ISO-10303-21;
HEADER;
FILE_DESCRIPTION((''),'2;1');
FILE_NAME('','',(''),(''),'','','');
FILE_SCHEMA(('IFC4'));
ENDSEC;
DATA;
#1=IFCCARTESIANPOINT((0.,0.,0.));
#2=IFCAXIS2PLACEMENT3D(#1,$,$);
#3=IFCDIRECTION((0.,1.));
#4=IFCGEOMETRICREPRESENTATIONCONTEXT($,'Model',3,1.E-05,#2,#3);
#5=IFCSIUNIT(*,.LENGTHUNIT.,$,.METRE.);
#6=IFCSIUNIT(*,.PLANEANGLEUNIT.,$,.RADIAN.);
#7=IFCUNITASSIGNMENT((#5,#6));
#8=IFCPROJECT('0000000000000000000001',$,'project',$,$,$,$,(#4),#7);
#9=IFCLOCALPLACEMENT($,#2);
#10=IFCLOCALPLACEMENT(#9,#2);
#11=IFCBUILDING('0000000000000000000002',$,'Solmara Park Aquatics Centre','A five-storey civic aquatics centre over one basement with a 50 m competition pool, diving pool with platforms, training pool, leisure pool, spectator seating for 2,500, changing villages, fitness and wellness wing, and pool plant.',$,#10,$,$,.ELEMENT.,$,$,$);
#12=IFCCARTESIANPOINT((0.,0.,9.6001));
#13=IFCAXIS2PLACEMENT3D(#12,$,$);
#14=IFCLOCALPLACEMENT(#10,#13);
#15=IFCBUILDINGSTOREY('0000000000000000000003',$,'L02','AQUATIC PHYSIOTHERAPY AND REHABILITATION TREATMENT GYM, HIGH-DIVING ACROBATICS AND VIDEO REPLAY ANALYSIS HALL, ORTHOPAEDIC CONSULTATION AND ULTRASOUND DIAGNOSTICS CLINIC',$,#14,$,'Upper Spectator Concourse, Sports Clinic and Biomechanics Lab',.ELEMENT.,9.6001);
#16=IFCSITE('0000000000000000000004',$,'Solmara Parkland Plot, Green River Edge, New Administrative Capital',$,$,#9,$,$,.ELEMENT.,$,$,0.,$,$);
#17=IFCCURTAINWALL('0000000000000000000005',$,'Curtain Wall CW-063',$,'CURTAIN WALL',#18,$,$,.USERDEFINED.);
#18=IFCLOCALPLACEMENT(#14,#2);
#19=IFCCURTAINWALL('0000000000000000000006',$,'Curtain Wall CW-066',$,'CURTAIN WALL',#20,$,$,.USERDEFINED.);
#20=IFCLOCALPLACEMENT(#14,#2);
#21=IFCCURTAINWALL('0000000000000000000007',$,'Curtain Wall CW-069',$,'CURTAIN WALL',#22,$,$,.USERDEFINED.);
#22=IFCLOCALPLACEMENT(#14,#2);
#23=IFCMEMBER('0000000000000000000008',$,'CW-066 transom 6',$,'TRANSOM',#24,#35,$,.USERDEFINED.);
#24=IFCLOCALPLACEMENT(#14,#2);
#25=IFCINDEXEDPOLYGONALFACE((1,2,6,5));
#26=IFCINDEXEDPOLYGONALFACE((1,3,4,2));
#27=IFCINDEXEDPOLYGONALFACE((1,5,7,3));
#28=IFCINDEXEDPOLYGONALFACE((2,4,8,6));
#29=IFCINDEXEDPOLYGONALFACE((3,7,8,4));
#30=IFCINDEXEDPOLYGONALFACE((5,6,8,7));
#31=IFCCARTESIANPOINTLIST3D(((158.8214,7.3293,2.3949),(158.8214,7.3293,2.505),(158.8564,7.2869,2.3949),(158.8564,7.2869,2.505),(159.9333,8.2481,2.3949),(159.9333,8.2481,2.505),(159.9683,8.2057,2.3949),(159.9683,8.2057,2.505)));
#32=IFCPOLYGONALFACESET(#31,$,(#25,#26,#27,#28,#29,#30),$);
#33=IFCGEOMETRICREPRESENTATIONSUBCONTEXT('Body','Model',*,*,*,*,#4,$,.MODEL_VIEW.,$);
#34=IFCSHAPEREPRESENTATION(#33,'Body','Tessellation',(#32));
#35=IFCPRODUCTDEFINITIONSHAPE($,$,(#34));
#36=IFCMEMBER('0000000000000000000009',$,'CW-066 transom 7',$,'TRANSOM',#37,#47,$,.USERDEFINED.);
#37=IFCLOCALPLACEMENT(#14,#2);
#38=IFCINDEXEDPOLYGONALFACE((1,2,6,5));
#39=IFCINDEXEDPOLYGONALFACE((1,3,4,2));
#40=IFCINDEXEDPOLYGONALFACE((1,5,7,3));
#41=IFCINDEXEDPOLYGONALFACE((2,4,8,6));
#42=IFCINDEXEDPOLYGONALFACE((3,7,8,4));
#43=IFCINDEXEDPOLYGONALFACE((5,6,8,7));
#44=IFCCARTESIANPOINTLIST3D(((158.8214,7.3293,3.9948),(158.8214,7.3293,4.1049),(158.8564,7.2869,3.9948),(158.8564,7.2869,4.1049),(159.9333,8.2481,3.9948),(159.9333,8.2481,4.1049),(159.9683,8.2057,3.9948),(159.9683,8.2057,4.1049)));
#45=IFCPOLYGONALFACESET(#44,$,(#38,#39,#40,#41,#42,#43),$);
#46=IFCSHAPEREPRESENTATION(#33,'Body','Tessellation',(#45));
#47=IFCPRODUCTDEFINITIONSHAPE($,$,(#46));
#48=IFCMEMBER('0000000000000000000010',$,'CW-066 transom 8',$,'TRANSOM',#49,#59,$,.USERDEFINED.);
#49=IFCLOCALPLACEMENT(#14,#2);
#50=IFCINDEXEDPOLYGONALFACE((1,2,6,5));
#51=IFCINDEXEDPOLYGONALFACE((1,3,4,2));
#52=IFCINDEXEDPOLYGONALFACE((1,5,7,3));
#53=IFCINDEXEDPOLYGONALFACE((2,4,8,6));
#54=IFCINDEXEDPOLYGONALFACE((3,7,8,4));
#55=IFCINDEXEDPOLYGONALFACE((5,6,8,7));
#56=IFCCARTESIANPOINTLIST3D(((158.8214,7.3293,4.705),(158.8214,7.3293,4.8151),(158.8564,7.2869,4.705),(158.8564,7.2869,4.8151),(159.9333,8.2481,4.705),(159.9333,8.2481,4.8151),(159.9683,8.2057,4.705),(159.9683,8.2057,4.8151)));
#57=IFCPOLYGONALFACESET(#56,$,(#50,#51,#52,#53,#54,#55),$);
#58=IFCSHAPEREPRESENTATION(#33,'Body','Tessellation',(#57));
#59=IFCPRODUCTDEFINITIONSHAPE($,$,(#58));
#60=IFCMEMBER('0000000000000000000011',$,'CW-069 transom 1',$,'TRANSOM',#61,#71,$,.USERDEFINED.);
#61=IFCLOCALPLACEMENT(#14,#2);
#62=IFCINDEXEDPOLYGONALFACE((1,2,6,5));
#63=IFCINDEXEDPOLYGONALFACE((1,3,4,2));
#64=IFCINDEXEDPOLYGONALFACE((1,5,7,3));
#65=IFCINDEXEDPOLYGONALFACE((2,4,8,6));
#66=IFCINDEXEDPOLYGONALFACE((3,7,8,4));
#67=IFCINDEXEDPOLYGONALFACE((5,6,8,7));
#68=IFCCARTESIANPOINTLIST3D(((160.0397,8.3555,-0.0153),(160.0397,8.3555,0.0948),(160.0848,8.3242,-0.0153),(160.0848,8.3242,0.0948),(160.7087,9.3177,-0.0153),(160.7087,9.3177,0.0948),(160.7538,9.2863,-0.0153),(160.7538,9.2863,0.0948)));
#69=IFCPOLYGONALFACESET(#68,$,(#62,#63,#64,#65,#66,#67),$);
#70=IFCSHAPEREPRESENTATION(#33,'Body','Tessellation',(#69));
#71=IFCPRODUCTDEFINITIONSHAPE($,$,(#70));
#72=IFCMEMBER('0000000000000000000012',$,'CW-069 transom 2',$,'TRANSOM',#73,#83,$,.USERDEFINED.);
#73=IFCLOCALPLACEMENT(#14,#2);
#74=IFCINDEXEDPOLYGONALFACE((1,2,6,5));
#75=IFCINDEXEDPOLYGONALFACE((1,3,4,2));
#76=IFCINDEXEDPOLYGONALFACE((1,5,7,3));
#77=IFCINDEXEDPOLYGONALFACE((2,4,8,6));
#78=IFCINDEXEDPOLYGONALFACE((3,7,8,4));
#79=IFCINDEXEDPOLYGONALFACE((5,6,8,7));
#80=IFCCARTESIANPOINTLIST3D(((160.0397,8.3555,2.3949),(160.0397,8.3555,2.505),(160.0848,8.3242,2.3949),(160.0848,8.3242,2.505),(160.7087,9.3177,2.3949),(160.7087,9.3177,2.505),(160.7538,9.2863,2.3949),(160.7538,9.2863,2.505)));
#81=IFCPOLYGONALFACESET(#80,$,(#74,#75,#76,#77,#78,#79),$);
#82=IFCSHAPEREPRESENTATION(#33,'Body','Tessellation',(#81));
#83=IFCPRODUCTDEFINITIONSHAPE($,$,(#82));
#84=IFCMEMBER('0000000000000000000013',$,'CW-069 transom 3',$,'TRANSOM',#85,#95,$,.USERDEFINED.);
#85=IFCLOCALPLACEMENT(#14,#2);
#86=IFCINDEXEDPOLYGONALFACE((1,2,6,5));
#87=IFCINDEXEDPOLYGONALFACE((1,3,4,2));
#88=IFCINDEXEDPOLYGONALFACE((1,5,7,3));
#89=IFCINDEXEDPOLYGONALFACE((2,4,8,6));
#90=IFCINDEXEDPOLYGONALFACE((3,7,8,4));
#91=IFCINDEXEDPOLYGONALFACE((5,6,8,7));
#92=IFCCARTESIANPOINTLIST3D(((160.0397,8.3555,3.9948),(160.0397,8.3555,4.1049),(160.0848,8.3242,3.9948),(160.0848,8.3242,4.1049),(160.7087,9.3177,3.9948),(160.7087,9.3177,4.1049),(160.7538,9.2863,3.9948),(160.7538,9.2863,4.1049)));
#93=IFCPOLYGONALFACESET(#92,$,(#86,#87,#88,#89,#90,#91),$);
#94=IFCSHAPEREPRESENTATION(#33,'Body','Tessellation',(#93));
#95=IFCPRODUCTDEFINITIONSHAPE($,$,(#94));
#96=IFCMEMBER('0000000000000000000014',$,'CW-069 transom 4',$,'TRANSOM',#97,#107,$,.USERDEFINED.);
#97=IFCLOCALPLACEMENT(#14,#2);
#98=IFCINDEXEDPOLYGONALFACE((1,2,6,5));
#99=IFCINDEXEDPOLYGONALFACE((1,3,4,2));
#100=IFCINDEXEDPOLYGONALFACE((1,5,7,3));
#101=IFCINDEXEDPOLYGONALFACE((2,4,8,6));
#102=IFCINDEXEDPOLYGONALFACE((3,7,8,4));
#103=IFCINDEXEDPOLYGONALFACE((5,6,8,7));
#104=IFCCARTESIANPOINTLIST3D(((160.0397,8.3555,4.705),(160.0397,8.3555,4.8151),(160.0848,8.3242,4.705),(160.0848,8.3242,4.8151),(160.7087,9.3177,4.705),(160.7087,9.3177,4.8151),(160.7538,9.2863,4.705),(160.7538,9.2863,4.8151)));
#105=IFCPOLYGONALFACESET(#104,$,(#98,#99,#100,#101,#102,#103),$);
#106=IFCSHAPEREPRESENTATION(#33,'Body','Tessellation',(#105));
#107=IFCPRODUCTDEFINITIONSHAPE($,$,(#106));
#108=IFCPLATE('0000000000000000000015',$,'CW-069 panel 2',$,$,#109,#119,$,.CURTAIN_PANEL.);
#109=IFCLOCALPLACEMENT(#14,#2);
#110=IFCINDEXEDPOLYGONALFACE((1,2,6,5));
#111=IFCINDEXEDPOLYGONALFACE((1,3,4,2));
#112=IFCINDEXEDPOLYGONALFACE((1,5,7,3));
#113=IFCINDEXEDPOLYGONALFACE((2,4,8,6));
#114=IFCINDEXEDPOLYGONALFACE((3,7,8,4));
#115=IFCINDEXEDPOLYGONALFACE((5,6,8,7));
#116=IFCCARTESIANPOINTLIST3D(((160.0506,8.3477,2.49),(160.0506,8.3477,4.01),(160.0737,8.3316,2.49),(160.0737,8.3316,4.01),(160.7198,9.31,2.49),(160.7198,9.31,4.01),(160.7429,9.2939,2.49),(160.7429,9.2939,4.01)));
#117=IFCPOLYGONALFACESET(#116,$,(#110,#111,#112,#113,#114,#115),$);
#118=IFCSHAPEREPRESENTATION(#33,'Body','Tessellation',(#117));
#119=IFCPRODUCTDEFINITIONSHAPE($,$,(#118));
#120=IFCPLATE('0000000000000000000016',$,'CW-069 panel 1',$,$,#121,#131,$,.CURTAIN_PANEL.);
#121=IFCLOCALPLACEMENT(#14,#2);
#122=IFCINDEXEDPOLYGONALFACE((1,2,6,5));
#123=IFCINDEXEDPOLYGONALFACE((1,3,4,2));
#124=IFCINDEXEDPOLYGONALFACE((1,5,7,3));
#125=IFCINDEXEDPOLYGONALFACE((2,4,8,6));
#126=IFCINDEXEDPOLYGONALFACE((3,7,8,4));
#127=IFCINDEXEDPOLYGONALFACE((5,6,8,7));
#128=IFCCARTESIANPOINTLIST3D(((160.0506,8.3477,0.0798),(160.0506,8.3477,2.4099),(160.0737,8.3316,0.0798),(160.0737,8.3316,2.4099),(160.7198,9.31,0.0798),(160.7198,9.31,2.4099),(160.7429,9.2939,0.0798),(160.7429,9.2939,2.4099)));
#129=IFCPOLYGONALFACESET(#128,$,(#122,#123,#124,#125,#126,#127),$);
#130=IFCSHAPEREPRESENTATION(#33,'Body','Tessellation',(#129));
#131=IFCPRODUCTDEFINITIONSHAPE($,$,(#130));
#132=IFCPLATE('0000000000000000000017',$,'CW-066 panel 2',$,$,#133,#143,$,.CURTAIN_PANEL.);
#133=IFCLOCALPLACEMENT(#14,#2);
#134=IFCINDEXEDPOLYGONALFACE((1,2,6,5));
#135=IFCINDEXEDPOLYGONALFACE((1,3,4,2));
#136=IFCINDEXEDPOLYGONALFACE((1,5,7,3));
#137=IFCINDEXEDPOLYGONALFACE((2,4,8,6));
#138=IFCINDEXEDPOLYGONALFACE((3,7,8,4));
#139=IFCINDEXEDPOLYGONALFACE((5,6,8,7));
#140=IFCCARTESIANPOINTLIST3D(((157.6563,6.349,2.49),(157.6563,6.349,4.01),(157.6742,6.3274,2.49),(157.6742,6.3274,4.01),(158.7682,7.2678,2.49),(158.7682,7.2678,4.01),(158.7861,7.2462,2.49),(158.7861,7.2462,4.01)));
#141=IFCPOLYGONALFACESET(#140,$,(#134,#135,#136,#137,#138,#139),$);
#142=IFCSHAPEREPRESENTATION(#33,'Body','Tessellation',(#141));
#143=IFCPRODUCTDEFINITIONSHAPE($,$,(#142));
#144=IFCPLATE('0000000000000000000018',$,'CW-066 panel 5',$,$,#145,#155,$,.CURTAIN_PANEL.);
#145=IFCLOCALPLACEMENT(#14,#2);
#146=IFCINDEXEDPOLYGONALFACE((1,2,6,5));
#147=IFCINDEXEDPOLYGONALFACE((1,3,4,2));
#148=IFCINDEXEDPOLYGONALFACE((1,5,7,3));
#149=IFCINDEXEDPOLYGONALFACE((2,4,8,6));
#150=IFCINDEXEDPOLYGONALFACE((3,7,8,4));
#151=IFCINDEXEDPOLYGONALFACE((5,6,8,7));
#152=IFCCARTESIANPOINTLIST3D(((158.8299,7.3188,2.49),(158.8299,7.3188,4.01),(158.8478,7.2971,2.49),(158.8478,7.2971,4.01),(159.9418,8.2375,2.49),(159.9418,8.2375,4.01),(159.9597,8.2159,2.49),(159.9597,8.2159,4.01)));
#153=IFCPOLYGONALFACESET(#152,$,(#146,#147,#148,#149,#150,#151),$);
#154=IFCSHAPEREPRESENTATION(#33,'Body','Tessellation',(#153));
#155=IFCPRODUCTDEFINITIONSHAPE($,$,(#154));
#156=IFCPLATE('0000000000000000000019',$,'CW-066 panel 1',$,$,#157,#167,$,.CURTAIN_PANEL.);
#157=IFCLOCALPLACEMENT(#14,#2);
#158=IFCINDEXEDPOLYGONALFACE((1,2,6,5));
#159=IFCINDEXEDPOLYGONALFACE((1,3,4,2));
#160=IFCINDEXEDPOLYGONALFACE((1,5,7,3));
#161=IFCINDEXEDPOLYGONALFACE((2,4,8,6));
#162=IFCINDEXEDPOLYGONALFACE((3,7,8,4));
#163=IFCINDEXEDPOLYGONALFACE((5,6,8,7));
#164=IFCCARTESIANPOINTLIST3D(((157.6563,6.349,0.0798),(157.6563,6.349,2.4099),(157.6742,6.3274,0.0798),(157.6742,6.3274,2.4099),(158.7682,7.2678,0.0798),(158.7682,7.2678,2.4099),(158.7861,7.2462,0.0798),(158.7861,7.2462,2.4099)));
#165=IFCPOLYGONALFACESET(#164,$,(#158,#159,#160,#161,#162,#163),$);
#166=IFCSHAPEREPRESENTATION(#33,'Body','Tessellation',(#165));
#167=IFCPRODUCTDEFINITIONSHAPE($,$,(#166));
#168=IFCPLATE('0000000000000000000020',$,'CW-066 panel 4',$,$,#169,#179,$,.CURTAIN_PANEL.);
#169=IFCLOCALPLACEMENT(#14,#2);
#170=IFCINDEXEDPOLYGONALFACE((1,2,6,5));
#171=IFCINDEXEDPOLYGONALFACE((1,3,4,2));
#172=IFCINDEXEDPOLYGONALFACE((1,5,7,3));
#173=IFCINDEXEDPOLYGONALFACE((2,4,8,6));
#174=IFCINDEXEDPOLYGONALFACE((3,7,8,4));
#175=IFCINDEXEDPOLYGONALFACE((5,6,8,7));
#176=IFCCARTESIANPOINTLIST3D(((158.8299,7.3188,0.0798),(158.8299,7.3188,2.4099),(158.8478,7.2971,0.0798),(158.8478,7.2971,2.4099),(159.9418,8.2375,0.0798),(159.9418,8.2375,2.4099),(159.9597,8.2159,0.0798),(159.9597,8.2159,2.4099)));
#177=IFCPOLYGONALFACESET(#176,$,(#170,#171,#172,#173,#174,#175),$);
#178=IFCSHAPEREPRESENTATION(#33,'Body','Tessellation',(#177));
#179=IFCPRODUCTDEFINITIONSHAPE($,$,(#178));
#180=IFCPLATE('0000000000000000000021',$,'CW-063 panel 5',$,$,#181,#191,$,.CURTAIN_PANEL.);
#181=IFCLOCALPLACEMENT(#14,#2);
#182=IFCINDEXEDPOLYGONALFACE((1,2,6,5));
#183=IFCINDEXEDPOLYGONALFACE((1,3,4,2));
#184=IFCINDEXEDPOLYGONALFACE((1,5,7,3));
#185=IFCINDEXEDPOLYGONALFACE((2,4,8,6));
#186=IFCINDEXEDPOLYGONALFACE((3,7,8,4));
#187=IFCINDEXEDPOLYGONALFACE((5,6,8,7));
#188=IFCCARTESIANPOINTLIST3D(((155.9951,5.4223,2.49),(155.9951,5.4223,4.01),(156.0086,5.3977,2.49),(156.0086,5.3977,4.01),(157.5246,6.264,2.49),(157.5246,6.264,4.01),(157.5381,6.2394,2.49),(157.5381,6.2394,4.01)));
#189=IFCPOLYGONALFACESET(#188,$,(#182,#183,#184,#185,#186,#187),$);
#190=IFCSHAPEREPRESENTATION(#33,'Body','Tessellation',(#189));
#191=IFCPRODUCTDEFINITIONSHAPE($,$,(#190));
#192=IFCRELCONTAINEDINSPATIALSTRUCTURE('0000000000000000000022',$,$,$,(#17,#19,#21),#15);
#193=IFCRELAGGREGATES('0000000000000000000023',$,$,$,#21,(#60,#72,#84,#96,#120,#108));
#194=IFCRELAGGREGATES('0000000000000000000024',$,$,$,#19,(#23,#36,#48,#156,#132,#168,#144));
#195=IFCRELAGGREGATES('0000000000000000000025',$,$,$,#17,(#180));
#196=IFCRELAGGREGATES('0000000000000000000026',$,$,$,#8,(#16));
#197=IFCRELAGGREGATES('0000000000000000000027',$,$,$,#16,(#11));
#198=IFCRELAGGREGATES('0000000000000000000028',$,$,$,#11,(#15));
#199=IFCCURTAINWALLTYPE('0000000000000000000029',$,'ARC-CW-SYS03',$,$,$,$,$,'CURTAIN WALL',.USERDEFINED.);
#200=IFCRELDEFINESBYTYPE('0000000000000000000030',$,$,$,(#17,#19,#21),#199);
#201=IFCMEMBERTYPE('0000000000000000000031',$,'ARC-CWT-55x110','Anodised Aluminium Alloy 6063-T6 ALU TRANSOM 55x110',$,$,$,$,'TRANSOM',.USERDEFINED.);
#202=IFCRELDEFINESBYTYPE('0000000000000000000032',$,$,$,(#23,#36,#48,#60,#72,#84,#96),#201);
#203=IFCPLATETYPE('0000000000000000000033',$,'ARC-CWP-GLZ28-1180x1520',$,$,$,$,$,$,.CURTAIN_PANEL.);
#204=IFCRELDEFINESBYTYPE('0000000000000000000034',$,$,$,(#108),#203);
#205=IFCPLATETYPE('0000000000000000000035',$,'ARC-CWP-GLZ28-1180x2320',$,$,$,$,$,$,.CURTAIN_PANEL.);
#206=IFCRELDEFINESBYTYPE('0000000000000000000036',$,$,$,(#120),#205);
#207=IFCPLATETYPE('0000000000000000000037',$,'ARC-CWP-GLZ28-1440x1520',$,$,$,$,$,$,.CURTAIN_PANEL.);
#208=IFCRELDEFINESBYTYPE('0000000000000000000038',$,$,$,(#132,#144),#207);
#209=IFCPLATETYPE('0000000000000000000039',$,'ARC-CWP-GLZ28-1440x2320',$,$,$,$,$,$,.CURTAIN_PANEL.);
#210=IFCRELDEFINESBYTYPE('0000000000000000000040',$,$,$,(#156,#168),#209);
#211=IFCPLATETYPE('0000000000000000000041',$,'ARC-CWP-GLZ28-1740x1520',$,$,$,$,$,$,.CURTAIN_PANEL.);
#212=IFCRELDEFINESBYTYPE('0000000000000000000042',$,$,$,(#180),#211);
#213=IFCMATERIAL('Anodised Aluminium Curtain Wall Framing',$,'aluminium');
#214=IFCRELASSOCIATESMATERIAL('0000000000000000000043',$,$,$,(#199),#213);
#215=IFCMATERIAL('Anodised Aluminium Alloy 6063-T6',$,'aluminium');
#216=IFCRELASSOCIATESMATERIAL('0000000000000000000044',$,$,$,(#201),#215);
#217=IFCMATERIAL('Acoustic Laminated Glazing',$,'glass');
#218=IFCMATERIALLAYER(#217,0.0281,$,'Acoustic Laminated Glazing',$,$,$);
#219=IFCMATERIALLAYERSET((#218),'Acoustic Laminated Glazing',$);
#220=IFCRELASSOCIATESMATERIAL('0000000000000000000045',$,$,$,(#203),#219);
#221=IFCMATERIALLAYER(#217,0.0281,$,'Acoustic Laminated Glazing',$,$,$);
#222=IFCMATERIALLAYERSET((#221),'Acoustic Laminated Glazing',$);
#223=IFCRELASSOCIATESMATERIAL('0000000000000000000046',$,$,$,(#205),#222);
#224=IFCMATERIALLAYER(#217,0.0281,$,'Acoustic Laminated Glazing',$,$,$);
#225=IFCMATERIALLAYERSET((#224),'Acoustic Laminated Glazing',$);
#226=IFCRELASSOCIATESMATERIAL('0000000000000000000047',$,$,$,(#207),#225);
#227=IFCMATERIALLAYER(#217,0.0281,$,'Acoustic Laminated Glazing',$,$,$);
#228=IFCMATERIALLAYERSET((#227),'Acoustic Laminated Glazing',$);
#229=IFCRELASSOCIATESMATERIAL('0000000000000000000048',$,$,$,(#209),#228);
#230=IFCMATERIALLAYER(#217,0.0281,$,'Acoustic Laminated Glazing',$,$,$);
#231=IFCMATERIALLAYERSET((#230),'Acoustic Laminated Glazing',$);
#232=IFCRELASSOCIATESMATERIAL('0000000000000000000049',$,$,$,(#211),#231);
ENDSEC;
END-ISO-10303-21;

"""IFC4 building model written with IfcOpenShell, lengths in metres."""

from ifc_helpers import new_model, si_unit, direction, frame, origin, origin_2d, place, context, subcontext, project, spatial, rectangle, extrude, material, layer, layer_set, material_profile, profile_set, type_object, element, aggregate, save


model = new_model("IFC4")

# Units and contexts
model_context = context("Model", 3, precision=1e-05, world=origin(), true_north=direction((0.0, 1.0)))
body_context = subcontext(model_context, "Body", "Model", "MODEL_VIEW")
ifc_project = project(units=[si_unit("LENGTHUNIT", "METRE"), si_unit("PLANEANGLEUNIT", "RADIAN")], contexts=[model_context])

# Site, building, storey
site_placement = place(None, origin())
site = spatial("IfcSite", under=ifc_project, at=site_placement, Name="Solmara Parkland Plot, Green River Edge, New Administrative Capital", CompositionType="ELEMENT", RefElevation=0.0)
building_placement = place(site_placement, origin())
building = spatial("IfcBuilding", under=site, at=building_placement, Name="Solmara Park Aquatics Centre", Description="A five-storey civic aquatics centre over one basement with a 50 m competition pool, diving pool with platforms, training pool, leisure pool, spectator seating for 2,500, changing villages, fitness and wellness wing, and pool plant.", CompositionType="ELEMENT")
storey_placement = place(building_placement, frame((0.0, 0.0, 9.6001)))
storey = spatial("IfcBuildingStorey", under=building, at=storey_placement, Name="L02", Description="AQUATIC PHYSIOTHERAPY AND REHABILITATION TREATMENT GYM, HIGH-DIVING ACROBATICS AND VIDEO REPLAY ANALYSIS HALL, ORTHOPAEDIC CONSULTATION AND ULTRASOUND DIAGNOSTICS CLINIC", LongName="Upper Spectator Concourse, Sports Clinic and Biomechanics Lab", CompositionType="ELEMENT", Elevation=9.6001)

# Curtain wall
ifc_material_1 = material(Name="Anodised Aluminium Curtain Wall Framing", Category="aluminium")
curtain_wall_type = type_object("IfcCurtainWallType", Name="ARC-CW-SYS03", ElementType="CURTAIN WALL", PredefinedType="USERDEFINED", material=ifc_material_1)
curtain_wall_1_placement = place(storey_placement, origin())
curtain_wall_1 = element("IfcCurtainWall", 1, at=curtain_wall_1_placement, inside=storey, type_object=curtain_wall_type, Name="Curtain Wall CW-063", ObjectType="CURTAIN WALL", PredefinedType="USERDEFINED")
ifc_material_2 = material(Name="Anodised Aluminium Alloy 6063-T6", Category="aluminium")

# Curtain wall
curtain_wall_2_placement = place(storey_placement, origin())
curtain_wall_2 = element("IfcCurtainWall", 2, at=curtain_wall_2_placement, inside=storey, type_object=curtain_wall_type, Name="Curtain Wall CW-066", ObjectType="CURTAIN WALL", PredefinedType="USERDEFINED")

# Curtain wall
curtain_wall_3_placement = place(storey_placement, origin())
curtain_wall_3 = element("IfcCurtainWall", 3, at=curtain_wall_3_placement, inside=storey, type_object=curtain_wall_type, Name="Curtain Wall CW-069", ObjectType="CURTAIN WALL", PredefinedType="USERDEFINED")

# Members
ifc_material_profile_1 = material_profile(ifc_material_2, rectangle(XDim=0.0549, YDim=0.1101, at=origin_2d()), Name="ALU TRANSOM 55x110")
ifc_profile_set_1 = profile_set([ifc_material_profile_1], Name="Anodised Aluminium Alloy 6063-T6")
member_type_1 = type_object("IfcMemberType", Name="ARC-CWT-55x110", Description="Anodised Aluminium Alloy 6063-T6 ALU TRANSOM 55x110", ElementType="TRANSOM", PredefinedType="USERDEFINED", material=ifc_profile_set_1)
member_1_placement = place(storey_placement, frame((158.8389, 7.3081, 2.45), z_axis=(0.770879, 0.636982, 0.0), x_axis=(-0.636982, 0.770879, 0.0)))
member_1 = element("IfcMember", 4, at=member_1_placement, type_object=member_type_1, Name="CW-066 transom 6", ObjectType="TRANSOM", PredefinedType="USERDEFINED", context=body_context, shape_type="SweptSolid", body=[
    extrude(rectangle(XDim=0.0549, YDim=0.1101, at=origin_2d()), origin(), (0.0, 0.0, 1.0), 1.4424),
])
member_2_placement = place(storey_placement, frame((158.8389, 7.3081, 4.0498), z_axis=(0.770879, 0.636982, 0.0), x_axis=(-0.636982, 0.770879, 0.0)))
member_2 = element("IfcMember", 5, at=member_2_placement, type_object=member_type_1, Name="CW-066 transom 7", ObjectType="TRANSOM", PredefinedType="USERDEFINED", context=body_context, shape_type="SweptSolid", body=[
    extrude(rectangle(XDim=0.0549, YDim=0.1101, at=origin_2d()), origin(), (0.0, 0.0, 1.0), 1.4424),
])
member_3_placement = place(storey_placement, frame((158.8389, 7.3081, 4.76), z_axis=(0.770879, 0.636982, 0.0), x_axis=(-0.636982, 0.770879, 0.0)))
member_3 = element("IfcMember", 6, at=member_3_placement, type_object=member_type_1, Name="CW-066 transom 8", ObjectType="TRANSOM", PredefinedType="USERDEFINED", context=body_context, shape_type="SweptSolid", body=[
    extrude(rectangle(XDim=0.0549, YDim=0.1101, at=origin_2d()), origin(), (0.0, 0.0, 1.0), 1.4424),
])
member_4_placement = place(storey_placement, frame((160.0623, 8.3398, 0.0398), z_axis=(0.570845, 0.821058, 0.0), x_axis=(-0.821058, 0.570845, 0.0)))
member_4 = element("IfcMember", 7, at=member_4_placement, type_object=member_type_1, Name="CW-069 transom 1", ObjectType="TRANSOM", PredefinedType="USERDEFINED", context=body_context, shape_type="SweptSolid", body=[
    extrude(rectangle(XDim=0.0549, YDim=0.1101, at=origin_2d()), origin(), (0.0, 0.0, 1.0), 1.1719),
])
member_5_placement = place(storey_placement, frame((160.0623, 8.3398, 2.45), z_axis=(0.570845, 0.821058, 0.0), x_axis=(-0.821058, 0.570845, 0.0)))
member_5 = element("IfcMember", 8, at=member_5_placement, type_object=member_type_1, Name="CW-069 transom 2", ObjectType="TRANSOM", PredefinedType="USERDEFINED", context=body_context, shape_type="SweptSolid", body=[
    extrude(rectangle(XDim=0.0549, YDim=0.1101, at=origin_2d()), origin(), (0.0, 0.0, 1.0), 1.1719),
])
member_6_placement = place(storey_placement, frame((160.0623, 8.3398, 4.0498), z_axis=(0.570845, 0.821058, 0.0), x_axis=(-0.821058, 0.570845, 0.0)))
member_6 = element("IfcMember", 9, at=member_6_placement, type_object=member_type_1, Name="CW-069 transom 3", ObjectType="TRANSOM", PredefinedType="USERDEFINED", context=body_context, shape_type="SweptSolid", body=[
    extrude(rectangle(XDim=0.0549, YDim=0.1101, at=origin_2d()), origin(), (0.0, 0.0, 1.0), 1.1719),
])
member_7_placement = place(storey_placement, frame((160.0623, 8.3398, 4.76), z_axis=(0.570845, 0.821058, 0.0), x_axis=(-0.821058, 0.570845, 0.0)))
member_7 = element("IfcMember", 10, at=member_7_placement, type_object=member_type_1, Name="CW-069 transom 4", ObjectType="TRANSOM", PredefinedType="USERDEFINED", context=body_context, shape_type="SweptSolid", body=[
    extrude(rectangle(XDim=0.0549, YDim=0.1101, at=origin_2d()), origin(), (0.0, 0.0, 1.0), 1.1719),
])

# Plates
ifc_material_3 = material(Name="Acoustic Laminated Glazing", Category="glass")
ifc_layer_1 = layer(ifc_material_3, 0.0281, Name="Acoustic Laminated Glazing")
ifc_layer_set_1 = layer_set([ifc_layer_1], Name="Acoustic Laminated Glazing")
plate_type_1 = type_object("IfcPlateType", Name="ARC-CWP-GLZ28-1180x1520", PredefinedType="CURTAIN_PANEL", material=ifc_layer_set_1)
plate_1_placement = place(storey_placement, frame((160.3967, 8.8208, 2.49), z_axis=(0.0, 0.0, 1.0), x_axis=(0.570927, 0.821001, 0.0)))
plate_1 = element("IfcPlate", 11, at=plate_1_placement, type_object=plate_type_1, Name="CW-069 panel 2", PredefinedType="CURTAIN_PANEL", context=body_context, shape_type="SweptSolid", body=[
    extrude(rectangle(XDim=1.1721, YDim=0.0281, at=origin_2d()), origin(), (0.0, 0.0, 1.0), 1.52),
])
ifc_layer_2 = layer(ifc_material_3, 0.0281, Name="Acoustic Laminated Glazing")
ifc_layer_set_2 = layer_set([ifc_layer_2], Name="Acoustic Laminated Glazing")
plate_type_2 = type_object("IfcPlateType", Name="ARC-CWP-GLZ28-1180x2320", PredefinedType="CURTAIN_PANEL", material=ifc_layer_set_2)
plate_2_placement = place(storey_placement, frame((160.3967, 8.8208, 0.0798), z_axis=(0.0, 0.0, 1.0), x_axis=(0.570927, 0.821001, 0.0)))
plate_2 = element("IfcPlate", 12, at=plate_2_placement, type_object=plate_type_2, Name="CW-069 panel 1", PredefinedType="CURTAIN_PANEL", context=body_context, shape_type="SweptSolid", body=[
    extrude(rectangle(XDim=1.1721, YDim=0.0281, at=origin_2d()), origin(), (0.0, 0.0, 1.0), 2.3301),
])
aggregate(curtain_wall_3, [member_4, member_5, member_6, member_7, plate_2, plate_1])
ifc_layer_3 = layer(ifc_material_3, 0.0281, Name="Acoustic Laminated Glazing")
ifc_layer_set_3 = layer_set([ifc_layer_3], Name="Acoustic Laminated Glazing")
plate_type_3 = type_object("IfcPlateType", Name="ARC-CWP-GLZ28-1440x1520", PredefinedType="CURTAIN_PANEL", material=ifc_layer_set_3)
plate_3_placement = place(storey_placement, frame((158.2212, 6.7976, 2.49), z_axis=(0.0, 0.0, 1.0), x_axis=(0.770877, 0.636984, 0.0)))
plate_3 = element("IfcPlate", 13, at=plate_3_placement, type_object=plate_type_3, Name="CW-066 panel 2", PredefinedType="CURTAIN_PANEL", context=body_context, shape_type="SweptSolid", body=[
    extrude(rectangle(XDim=1.4424, YDim=0.0281, at=origin_2d()), origin(), (0.0, 0.0, 1.0), 1.52),
])
plate_4_placement = place(storey_placement, frame((159.3948, 7.7673, 2.49), z_axis=(0.0, 0.0, 1.0), x_axis=(0.770877, 0.636984, 0.0)))
plate_4 = element("IfcPlate", 14, at=plate_4_placement, type_object=plate_type_3, Name="CW-066 panel 5", PredefinedType="CURTAIN_PANEL", context=body_context, shape_type="SweptSolid", body=[
    extrude(rectangle(XDim=1.4424, YDim=0.0281, at=origin_2d()), origin(), (0.0, 0.0, 1.0), 1.52),
])
ifc_layer_4 = layer(ifc_material_3, 0.0281, Name="Acoustic Laminated Glazing")
ifc_layer_set_4 = layer_set([ifc_layer_4], Name="Acoustic Laminated Glazing")
plate_type_4 = type_object("IfcPlateType", Name="ARC-CWP-GLZ28-1440x2320", PredefinedType="CURTAIN_PANEL", material=ifc_layer_set_4)
plate_5_placement = place(storey_placement, frame((158.2212, 6.7976, 0.0798), z_axis=(0.0, 0.0, 1.0), x_axis=(0.770877, 0.636984, 0.0)))
plate_5 = element("IfcPlate", 15, at=plate_5_placement, type_object=plate_type_4, Name="CW-066 panel 1", PredefinedType="CURTAIN_PANEL", context=body_context, shape_type="SweptSolid", body=[
    extrude(rectangle(XDim=1.4424, YDim=0.0281, at=origin_2d()), origin(), (0.0, 0.0, 1.0), 2.3301),
])
plate_6_placement = place(storey_placement, frame((159.3948, 7.7673, 0.0798), z_axis=(0.0, 0.0, 1.0), x_axis=(0.770877, 0.636984, 0.0)))
plate_6 = element("IfcPlate", 16, at=plate_6_placement, type_object=plate_type_4, Name="CW-066 panel 4", PredefinedType="CURTAIN_PANEL", context=body_context, shape_type="SweptSolid", body=[
    extrude(rectangle(XDim=1.4424, YDim=0.0281, at=origin_2d()), origin(), (0.0, 0.0, 1.0), 2.3301),
])
ifc_layer_5 = layer(ifc_material_3, 0.0281, Name="Acoustic Laminated Glazing")
ifc_layer_set_5 = layer_set([ifc_layer_5], Name="Acoustic Laminated Glazing")
plate_type_5 = type_object("IfcPlateType", Name="ARC-CWP-GLZ28-1740x1520", PredefinedType="CURTAIN_PANEL", material=ifc_layer_set_5)
plate_7_placement = place(storey_placement, frame((156.7666, 5.8308, 2.49), z_axis=(0.0, 0.0, 1.0), x_axis=(0.876105, 0.482121, 0.0)))
plate_7 = element("IfcPlate", 17, at=plate_7_placement, type_object=plate_type_5, Name="CW-063 panel 5", PredefinedType="CURTAIN_PANEL", context=body_context, shape_type="SweptSolid", body=[
    extrude(rectangle(XDim=1.7458, YDim=0.0281, at=origin_2d()), origin(), (0.0, 0.0, 1.0), 1.52),
])
aggregate(curtain_wall_2, [member_1, member_2, member_3, plate_5, plate_3, plate_6, plate_4])
aggregate(curtain_wall_1, [plate_7])

save(model, "model.ifc")
